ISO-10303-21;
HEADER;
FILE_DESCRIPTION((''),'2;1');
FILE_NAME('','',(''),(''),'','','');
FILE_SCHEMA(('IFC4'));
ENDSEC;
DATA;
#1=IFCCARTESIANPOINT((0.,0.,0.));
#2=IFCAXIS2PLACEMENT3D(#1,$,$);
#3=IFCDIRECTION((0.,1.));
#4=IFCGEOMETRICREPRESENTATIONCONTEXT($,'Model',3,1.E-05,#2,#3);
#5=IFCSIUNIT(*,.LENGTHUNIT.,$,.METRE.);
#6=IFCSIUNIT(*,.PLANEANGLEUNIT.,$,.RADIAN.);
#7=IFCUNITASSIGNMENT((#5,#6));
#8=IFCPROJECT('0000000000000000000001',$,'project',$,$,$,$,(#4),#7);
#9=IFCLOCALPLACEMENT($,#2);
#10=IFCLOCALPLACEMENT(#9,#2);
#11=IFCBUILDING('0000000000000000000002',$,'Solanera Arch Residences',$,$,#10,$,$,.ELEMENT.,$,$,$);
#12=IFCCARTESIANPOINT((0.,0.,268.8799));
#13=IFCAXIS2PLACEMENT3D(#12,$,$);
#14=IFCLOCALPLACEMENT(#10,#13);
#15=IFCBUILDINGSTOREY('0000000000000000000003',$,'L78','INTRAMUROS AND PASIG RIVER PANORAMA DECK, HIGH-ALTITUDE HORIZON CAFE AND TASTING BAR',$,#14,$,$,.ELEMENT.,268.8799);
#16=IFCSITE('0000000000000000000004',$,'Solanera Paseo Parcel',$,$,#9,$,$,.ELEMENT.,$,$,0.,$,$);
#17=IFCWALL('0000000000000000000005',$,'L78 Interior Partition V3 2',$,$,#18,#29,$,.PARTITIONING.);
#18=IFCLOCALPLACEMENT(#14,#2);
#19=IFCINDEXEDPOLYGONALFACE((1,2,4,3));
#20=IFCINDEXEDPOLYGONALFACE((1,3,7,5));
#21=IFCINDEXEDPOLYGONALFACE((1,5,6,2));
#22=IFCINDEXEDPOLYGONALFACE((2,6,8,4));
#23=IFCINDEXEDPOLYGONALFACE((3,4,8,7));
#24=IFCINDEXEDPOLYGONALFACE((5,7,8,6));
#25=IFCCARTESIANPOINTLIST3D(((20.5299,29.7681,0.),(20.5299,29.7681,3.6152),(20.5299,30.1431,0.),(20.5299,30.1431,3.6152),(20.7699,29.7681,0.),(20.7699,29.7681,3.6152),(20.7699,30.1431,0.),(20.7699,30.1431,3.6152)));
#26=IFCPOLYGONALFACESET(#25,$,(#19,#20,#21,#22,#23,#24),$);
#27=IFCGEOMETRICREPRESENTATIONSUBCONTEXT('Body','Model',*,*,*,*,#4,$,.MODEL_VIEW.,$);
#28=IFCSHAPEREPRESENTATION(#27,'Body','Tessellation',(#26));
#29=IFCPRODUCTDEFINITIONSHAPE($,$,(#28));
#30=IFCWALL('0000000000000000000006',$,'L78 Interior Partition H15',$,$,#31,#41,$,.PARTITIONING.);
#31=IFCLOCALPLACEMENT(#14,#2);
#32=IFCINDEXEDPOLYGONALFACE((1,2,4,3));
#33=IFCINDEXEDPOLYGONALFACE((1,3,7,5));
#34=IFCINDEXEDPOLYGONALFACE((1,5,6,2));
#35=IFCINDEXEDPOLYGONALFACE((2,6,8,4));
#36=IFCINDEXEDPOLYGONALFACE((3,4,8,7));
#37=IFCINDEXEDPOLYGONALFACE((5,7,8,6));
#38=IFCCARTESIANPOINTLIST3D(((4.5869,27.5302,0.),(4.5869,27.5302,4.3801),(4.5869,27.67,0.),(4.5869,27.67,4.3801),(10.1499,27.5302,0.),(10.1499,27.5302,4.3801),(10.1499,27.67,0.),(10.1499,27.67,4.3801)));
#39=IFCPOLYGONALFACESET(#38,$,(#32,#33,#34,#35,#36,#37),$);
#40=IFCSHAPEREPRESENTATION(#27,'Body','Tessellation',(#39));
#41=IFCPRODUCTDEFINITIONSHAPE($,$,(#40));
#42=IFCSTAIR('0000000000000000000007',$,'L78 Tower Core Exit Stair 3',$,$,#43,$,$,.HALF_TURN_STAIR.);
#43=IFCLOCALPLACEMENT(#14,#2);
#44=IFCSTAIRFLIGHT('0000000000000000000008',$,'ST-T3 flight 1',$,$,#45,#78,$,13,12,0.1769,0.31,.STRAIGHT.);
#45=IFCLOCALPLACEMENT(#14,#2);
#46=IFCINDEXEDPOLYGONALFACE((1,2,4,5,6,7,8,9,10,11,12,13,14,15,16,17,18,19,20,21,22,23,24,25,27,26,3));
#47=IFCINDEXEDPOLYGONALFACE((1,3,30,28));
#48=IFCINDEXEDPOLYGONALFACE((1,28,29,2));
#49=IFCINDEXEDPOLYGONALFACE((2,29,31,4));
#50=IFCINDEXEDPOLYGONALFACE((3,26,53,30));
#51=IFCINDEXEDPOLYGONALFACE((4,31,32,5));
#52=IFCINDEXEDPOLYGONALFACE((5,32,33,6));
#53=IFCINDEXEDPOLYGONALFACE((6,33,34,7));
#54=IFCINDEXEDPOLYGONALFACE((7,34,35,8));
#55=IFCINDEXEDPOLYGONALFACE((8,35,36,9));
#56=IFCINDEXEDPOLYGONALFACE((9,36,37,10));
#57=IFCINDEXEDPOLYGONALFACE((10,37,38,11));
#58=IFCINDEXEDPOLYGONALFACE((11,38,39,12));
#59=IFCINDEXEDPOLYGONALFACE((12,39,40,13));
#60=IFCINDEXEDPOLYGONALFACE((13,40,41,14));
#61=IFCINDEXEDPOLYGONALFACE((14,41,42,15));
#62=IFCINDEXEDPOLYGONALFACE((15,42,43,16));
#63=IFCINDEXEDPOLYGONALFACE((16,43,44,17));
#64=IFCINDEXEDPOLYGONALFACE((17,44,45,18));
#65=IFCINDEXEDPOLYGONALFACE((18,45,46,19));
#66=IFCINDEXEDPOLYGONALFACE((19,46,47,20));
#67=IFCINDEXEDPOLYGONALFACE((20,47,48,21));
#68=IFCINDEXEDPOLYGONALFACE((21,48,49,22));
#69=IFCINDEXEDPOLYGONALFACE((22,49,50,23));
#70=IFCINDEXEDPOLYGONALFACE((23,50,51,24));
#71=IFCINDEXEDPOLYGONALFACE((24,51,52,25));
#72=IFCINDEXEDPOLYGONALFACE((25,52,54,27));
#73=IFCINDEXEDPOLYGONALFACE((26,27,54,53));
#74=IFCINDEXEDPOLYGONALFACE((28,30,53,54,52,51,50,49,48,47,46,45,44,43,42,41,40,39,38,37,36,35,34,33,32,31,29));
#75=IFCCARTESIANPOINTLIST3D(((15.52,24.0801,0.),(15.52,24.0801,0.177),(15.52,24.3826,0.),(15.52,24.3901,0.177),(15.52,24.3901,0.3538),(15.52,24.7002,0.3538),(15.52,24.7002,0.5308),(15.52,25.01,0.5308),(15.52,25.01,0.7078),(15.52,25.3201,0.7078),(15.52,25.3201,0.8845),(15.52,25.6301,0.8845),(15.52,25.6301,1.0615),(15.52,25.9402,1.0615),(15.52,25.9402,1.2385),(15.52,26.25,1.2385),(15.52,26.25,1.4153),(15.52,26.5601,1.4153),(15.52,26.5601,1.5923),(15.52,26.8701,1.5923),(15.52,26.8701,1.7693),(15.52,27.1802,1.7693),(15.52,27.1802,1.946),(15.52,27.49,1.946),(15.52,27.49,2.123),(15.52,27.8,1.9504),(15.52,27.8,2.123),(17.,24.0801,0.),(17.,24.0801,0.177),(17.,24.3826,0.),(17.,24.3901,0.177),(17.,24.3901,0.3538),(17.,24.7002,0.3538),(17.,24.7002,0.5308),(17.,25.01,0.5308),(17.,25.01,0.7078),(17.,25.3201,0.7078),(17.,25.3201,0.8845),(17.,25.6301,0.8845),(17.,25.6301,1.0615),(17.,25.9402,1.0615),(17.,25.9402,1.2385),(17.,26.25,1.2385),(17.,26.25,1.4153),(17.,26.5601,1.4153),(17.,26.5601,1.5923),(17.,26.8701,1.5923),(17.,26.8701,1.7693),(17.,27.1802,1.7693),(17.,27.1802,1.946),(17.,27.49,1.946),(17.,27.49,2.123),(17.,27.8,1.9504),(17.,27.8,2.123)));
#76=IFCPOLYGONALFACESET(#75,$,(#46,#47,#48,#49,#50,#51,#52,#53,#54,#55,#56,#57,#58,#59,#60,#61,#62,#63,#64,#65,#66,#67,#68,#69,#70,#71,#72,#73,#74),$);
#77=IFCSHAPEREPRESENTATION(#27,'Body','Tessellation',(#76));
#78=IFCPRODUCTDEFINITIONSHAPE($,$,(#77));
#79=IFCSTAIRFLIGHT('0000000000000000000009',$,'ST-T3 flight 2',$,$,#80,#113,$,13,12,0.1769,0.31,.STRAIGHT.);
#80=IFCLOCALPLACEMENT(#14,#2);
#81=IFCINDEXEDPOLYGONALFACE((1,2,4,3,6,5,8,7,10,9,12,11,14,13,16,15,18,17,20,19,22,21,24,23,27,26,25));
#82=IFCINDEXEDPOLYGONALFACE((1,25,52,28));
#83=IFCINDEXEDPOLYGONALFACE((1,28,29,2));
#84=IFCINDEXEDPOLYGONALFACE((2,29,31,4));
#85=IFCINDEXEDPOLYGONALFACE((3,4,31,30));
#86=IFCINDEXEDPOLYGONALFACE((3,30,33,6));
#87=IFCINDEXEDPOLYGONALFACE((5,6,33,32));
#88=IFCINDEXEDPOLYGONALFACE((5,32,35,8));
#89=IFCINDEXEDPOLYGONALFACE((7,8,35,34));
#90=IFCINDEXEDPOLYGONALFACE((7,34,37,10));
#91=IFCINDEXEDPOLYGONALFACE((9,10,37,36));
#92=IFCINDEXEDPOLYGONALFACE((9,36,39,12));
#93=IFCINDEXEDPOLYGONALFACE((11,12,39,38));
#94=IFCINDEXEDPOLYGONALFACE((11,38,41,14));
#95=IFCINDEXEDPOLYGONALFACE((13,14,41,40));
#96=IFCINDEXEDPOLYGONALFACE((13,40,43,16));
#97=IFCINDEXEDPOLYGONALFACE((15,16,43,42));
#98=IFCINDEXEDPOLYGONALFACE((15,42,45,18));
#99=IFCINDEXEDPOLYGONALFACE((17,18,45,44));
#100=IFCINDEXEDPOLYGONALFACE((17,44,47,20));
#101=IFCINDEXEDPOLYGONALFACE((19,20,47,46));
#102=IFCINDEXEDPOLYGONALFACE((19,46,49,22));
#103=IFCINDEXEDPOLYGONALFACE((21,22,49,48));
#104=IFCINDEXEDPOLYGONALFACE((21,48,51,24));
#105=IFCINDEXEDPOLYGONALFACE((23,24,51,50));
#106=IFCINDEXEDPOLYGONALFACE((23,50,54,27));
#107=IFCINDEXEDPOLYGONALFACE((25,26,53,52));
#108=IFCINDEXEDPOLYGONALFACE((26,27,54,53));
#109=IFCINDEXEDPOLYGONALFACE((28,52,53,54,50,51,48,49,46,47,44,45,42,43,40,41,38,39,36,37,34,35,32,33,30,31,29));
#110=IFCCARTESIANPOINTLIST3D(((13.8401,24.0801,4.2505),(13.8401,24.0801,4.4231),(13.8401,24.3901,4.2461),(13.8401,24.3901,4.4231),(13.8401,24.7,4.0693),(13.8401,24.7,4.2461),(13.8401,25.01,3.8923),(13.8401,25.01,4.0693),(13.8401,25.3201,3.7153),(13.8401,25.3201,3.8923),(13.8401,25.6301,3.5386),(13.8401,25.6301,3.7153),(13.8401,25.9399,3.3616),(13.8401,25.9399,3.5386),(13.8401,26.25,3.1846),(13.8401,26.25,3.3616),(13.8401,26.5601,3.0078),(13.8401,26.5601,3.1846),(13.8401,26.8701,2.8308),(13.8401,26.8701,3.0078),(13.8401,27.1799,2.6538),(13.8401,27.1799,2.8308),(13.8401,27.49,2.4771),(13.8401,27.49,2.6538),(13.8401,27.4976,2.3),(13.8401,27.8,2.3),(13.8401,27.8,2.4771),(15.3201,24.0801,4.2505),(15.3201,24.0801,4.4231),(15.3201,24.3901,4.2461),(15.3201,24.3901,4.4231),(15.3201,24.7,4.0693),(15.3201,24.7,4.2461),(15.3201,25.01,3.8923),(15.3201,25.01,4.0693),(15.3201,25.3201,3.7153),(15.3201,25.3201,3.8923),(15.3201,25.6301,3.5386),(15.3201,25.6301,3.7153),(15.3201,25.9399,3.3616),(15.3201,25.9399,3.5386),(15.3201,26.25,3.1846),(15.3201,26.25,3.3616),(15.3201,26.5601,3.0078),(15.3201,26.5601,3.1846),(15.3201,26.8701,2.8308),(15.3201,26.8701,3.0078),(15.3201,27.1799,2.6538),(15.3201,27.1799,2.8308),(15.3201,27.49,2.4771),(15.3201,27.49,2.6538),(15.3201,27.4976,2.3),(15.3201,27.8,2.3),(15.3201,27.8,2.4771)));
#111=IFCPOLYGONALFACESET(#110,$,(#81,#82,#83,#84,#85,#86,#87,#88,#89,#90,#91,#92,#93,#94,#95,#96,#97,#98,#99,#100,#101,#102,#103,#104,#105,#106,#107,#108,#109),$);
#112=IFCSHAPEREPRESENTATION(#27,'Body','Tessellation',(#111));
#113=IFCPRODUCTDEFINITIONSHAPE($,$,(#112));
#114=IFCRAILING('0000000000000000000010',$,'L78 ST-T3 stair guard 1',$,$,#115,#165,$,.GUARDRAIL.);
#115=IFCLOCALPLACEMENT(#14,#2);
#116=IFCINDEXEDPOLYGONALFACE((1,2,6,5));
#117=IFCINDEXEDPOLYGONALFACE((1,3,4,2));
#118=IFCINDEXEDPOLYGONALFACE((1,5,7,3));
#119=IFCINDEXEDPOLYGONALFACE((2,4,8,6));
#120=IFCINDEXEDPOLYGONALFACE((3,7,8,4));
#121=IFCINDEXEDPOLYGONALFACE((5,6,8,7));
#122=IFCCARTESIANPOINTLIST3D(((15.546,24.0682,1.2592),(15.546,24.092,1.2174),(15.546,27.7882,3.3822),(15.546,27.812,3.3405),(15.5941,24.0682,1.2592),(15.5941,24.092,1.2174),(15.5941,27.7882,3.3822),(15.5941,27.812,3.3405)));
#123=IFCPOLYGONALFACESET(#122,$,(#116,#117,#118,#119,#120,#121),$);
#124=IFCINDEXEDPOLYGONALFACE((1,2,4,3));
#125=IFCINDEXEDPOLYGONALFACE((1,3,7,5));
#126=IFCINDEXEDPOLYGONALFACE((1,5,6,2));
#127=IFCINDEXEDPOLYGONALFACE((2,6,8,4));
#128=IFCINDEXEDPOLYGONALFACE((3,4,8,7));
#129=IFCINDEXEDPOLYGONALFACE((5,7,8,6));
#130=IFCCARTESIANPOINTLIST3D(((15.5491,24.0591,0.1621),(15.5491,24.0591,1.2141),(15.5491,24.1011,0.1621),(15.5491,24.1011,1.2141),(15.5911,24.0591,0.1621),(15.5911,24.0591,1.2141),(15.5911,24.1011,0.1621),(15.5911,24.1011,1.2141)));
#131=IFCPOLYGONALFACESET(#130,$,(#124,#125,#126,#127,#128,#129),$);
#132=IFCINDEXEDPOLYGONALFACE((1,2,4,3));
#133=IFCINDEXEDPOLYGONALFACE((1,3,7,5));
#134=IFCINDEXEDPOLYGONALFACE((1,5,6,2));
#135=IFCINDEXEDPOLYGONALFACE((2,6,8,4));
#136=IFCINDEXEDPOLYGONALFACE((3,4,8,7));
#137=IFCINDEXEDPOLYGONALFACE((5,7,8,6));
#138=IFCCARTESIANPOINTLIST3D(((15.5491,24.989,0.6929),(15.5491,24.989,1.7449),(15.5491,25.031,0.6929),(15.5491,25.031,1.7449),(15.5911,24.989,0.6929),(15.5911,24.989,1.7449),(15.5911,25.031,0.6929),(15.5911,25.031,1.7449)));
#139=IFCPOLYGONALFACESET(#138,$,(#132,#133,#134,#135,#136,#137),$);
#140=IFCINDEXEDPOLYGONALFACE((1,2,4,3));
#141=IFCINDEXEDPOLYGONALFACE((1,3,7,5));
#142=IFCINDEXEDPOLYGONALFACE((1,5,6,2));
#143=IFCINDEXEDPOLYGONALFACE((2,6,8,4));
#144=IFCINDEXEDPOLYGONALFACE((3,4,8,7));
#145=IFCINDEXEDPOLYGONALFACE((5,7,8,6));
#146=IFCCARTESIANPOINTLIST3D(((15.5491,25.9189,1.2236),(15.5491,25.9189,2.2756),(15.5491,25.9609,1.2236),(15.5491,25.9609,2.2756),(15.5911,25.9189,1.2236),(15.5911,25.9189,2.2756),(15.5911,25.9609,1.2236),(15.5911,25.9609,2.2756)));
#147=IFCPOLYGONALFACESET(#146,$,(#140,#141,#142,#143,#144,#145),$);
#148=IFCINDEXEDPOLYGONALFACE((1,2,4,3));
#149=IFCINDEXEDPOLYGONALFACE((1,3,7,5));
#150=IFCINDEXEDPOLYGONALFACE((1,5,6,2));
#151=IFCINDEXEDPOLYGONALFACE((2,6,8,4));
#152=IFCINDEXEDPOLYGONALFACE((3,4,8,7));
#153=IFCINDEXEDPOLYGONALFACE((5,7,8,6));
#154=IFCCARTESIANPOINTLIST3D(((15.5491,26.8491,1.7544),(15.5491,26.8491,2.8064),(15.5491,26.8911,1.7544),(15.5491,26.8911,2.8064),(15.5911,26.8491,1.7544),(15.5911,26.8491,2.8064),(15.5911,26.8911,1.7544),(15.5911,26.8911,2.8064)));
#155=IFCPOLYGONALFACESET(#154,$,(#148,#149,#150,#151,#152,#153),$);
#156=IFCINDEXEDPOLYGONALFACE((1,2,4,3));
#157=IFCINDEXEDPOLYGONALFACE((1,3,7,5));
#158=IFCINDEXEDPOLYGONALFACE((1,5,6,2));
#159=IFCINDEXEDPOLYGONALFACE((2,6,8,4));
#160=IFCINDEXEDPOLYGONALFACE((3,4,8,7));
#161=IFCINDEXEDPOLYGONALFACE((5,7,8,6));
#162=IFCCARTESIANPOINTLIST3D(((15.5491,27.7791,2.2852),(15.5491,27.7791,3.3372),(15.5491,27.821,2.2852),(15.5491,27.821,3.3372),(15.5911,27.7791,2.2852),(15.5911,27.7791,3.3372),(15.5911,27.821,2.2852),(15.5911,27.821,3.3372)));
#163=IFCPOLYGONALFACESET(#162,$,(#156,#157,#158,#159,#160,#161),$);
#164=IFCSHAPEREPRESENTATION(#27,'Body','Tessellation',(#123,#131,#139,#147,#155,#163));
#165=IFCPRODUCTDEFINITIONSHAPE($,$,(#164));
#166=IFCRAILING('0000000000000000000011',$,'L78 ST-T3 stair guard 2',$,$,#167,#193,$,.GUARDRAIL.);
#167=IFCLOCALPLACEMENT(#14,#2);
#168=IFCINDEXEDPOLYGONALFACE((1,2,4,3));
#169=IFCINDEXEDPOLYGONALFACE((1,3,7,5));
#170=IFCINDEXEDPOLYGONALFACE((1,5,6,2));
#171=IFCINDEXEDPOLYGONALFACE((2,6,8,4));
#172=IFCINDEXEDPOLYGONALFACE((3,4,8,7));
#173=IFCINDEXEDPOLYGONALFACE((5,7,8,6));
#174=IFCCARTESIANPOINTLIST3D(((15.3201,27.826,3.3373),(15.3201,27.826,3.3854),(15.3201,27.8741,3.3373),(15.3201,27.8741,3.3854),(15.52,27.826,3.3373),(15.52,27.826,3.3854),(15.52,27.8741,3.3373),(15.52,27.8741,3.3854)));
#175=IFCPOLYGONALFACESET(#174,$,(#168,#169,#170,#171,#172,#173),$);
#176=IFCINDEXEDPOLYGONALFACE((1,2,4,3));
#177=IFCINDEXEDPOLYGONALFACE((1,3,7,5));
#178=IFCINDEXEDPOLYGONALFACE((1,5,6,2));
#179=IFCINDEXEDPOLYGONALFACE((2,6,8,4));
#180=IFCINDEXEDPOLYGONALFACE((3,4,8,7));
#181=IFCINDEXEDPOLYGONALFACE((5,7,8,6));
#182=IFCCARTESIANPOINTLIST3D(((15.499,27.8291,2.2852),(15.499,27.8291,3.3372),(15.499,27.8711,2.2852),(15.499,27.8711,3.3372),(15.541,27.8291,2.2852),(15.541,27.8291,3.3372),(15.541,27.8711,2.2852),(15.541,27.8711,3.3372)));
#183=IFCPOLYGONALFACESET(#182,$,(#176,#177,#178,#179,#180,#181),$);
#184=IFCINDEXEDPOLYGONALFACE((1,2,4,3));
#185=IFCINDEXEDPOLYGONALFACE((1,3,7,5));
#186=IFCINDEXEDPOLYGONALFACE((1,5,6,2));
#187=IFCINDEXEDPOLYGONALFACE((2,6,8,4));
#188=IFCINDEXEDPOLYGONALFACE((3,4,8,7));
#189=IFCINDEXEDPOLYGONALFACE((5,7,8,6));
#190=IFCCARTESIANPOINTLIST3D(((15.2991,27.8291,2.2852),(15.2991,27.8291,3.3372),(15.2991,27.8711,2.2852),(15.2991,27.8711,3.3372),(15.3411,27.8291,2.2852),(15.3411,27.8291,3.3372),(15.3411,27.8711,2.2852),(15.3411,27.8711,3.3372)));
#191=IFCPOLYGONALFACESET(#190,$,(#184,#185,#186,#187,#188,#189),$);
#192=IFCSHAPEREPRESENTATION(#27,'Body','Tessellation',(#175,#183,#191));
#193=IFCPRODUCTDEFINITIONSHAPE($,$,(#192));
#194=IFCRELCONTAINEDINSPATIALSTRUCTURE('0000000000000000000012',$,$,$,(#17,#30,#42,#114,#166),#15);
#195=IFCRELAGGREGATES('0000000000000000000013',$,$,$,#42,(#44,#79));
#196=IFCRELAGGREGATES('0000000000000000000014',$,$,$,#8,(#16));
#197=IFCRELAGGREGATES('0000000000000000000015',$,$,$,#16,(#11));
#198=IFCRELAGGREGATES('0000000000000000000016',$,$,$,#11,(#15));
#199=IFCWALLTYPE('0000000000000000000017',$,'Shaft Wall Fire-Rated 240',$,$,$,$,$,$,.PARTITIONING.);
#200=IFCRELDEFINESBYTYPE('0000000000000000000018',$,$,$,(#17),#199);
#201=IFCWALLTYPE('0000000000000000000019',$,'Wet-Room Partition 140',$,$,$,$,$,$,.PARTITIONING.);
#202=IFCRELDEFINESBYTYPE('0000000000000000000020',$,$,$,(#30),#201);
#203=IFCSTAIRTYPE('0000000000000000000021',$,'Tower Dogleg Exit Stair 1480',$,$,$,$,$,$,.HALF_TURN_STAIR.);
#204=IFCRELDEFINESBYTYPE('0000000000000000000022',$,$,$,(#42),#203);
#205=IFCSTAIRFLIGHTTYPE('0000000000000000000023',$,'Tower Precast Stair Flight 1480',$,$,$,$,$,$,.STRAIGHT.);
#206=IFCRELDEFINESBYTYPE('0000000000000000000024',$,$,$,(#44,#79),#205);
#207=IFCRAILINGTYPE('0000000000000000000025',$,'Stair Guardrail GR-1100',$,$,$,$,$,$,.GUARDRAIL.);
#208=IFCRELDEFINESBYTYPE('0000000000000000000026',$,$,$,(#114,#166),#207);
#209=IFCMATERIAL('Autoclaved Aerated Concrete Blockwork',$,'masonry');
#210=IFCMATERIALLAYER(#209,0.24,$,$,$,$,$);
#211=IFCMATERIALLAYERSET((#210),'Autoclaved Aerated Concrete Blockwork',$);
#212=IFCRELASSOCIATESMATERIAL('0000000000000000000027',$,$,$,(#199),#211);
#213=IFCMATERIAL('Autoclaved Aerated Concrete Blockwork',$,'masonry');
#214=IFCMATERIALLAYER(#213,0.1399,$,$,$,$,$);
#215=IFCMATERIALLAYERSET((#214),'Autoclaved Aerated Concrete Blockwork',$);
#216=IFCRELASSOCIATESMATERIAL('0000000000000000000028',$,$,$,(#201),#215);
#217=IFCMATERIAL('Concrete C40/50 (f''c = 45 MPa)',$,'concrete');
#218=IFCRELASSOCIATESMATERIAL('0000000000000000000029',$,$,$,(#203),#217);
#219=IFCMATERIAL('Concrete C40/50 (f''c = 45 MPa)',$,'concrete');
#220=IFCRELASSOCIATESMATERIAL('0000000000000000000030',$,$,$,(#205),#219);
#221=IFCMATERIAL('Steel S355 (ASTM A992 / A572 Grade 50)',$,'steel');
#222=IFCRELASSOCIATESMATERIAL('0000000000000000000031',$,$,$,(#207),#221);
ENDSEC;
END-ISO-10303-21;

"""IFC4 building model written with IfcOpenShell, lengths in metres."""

from ifc_helpers import new_model, si_unit, direction, frame, frame_2d, origin, origin_2d, place, context, subcontext, project, spatial, polyline, rectangle, outline, extrude, material, layer, layer_set, type_object, element, aggregate, save


model = new_model("IFC4")

# Units and contexts
model_context = context("Model", 3, precision=1e-05, world=origin(), true_north=direction((0.0, 1.0)))
body_context = subcontext(model_context, "Body", "Model", "MODEL_VIEW")
ifc_project = project(units=[si_unit("LENGTHUNIT", "METRE"), si_unit("PLANEANGLEUNIT", "RADIAN")], contexts=[model_context])

# Site, building, storey
site_placement = place(None, origin())
site = spatial("IfcSite", under=ifc_project, at=site_placement, Name="Solanera Paseo Parcel", CompositionType="ELEMENT", RefElevation=0.0)
building_placement = place(site_placement, origin())
building = spatial("IfcBuilding", under=site, at=building_placement, Name="Solanera Arch Residences", CompositionType="ELEMENT")
storey_placement = place(building_placement, frame((0.0, 0.0, 268.8799)))
storey = spatial("IfcBuildingStorey", under=building, at=storey_placement, Name="L78", Description="INTRAMUROS AND PASIG RIVER PANORAMA DECK, HIGH-ALTITUDE HORIZON CAFE AND TASTING BAR", CompositionType="ELEMENT", Elevation=268.8799)

# Shared definitions
ifc_material_1 = material(Name="Autoclaved Aerated Concrete Blockwork", Category="masonry")
ifc_layer_1 = layer(ifc_material_1, 0.24)
ifc_layer_set_1 = layer_set([ifc_layer_1], Name="Autoclaved Aerated Concrete Blockwork")
wall_type_1 = type_object("IfcWallType", Name="Shaft Wall Fire-Rated 240", PredefinedType="PARTITIONING", material=ifc_layer_set_1)

# Walls
wall_1_placement = place(storey_placement, frame((20.6499, 29.7681, 0.0), z_axis=(0.0, 0.0, 1.0), x_axis=(0.0, 1.0, 0.0)))
element("IfcWall", 1, at=wall_1_placement, inside=storey, type_object=wall_type_1, Name="L78 Interior Partition V3 2", PredefinedType="PARTITIONING", context=body_context, shape_type="SweptSolid", body=[
    extrude(rectangle(XDim=0.375, YDim=0.24, at=frame_2d((0.1875, 0.0))), origin(), (0.0, 0.0, 1.0), 3.6152),
])
ifc_material_2 = material(Name="Autoclaved Aerated Concrete Blockwork", Category="masonry")
ifc_layer_2 = layer(ifc_material_2, 0.1399)
ifc_layer_set_2 = layer_set([ifc_layer_2], Name="Autoclaved Aerated Concrete Blockwork")
wall_type_2 = type_object("IfcWallType", Name="Wet-Room Partition 140", PredefinedType="PARTITIONING", material=ifc_layer_set_2)
wall_2_placement = place(storey_placement, frame((4.5869, 27.6001, 0.0), z_axis=(0.0, 0.0, 1.0), x_axis=(1.0, 0.0, 0.0)))
element("IfcWall", 2, at=wall_2_placement, inside=storey, type_object=wall_type_2, Name="L78 Interior Partition H15", PredefinedType="PARTITIONING", context=body_context, shape_type="SweptSolid", body=[
    extrude(rectangle(XDim=5.563, YDim=0.1399, at=frame_2d((2.7815, 0.0))), origin(), (0.0, 0.0, 1.0), 4.3801),
])

# Stair, stair flights
ifc_material_3 = material(Name="Concrete C40/50 (f'c = 45 MPa)", Category="concrete")
stair_type = type_object("IfcStairType", Name="Tower Dogleg Exit Stair 1480", PredefinedType="HALF_TURN_STAIR", material=ifc_material_3)
stair_placement = place(storey_placement, origin())
stair = element("IfcStair", 3, at=stair_placement, inside=storey, type_object=stair_type, Name="L78 Tower Core Exit Stair 3", PredefinedType="HALF_TURN_STAIR")
ifc_material_4 = material(Name="Concrete C40/50 (f'c = 45 MPa)", Category="concrete")
stair_flight_type = type_object("IfcStairFlightType", Name="Tower Precast Stair Flight 1480", PredefinedType="STRAIGHT", material=ifc_material_4)
stair_flight_1_placement = place(storey_placement, frame((16.26, 24.0801, 0.0), z_axis=(0.0, 0.0, 1.0), x_axis=(0.0, 1.0, 0.0)))
stair_flight_1 = element("IfcStairFlight", 4, at=stair_flight_1_placement, type_object=stair_flight_type, Name="ST-T3 flight 1", NumberOfRisers=13, NumberOfTreads=12, PredefinedType="STRAIGHT", RiserHeight=0.1769, TreadLength=0.31, context=body_context, shape_type="SweptSolid", body=[
    extrude(outline(polyline([(0.0, 0.0), (0.0, 0.177), (0.3101, 0.177), (0.3101, 0.3538), (0.6201, 0.3538), (0.6201, 0.5308), (0.9299, 0.5308), (0.9299, 0.7078), (1.24, 0.7078), (1.24, 0.8845), (1.55, 0.8845), (1.55, 1.0615), (1.8601, 1.0615), (1.8601, 1.2385), (2.1699, 1.2385), (2.1699, 1.4153), (2.48, 1.4153), (2.48, 1.5923), (2.79, 1.5923), (2.79, 1.7693), (3.1001, 1.7693), (3.1001, 1.946), (3.4099, 1.946), (3.4099, 2.123), (3.72, 2.123), (3.72, 2.3), (3.72, 1.9504), (0.3025, 0.0), (0.0, 0.0)])), frame((0.0, 0.74, 0.0), z_axis=(0.0, -1.0, 0.0), x_axis=(1.0, 0.0, 0.0)), (0.0, 0.0, 1.0), 1.48),
])
stair_flight_2_placement = place(storey_placement, frame((14.5801, 27.8, 2.3), z_axis=(0.0, 0.0, 1.0), x_axis=(0.0, -1.0, 0.0)))
stair_flight_2 = element("IfcStairFlight", 5, at=stair_flight_2_placement, type_object=stair_flight_type, Name="ST-T3 flight 2", NumberOfRisers=13, NumberOfTreads=12, PredefinedType="STRAIGHT", RiserHeight=0.1769, TreadLength=0.31, context=body_context, shape_type="SweptSolid", body=[
    extrude(outline(polyline([(0.0, 0.0), (0.0, 0.177), (0.3101, 0.177), (0.3101, 0.3538), (0.6201, 0.3538), (0.6201, 0.5308), (0.9299, 0.5308), (0.9299, 0.7078), (1.24, 0.7078), (1.24, 0.8845), (1.55, 0.8845), (1.55, 1.0615), (1.8601, 1.0615), (1.8601, 1.2385), (2.1699, 1.2385), (2.1699, 1.4153), (2.48, 1.4153), (2.48, 1.5923), (2.79, 1.5923), (2.79, 1.7693), (3.1001, 1.7693), (3.1001, 1.946), (3.4099, 1.946), (3.4099, 2.123), (3.72, 2.123), (3.72, 2.3), (3.72, 1.9504), (0.3025, 0.0), (0.0, 0.0)])), frame((0.0, 0.74, 0.0), z_axis=(0.0, -1.0, 0.0), x_axis=(1.0, 0.0, 0.0)), (0.0, 0.0, 1.0), 1.48),
])
aggregate(stair, [stair_flight_1, stair_flight_2])

# Railings
ifc_material_5 = material(Name="Steel S355 (ASTM A992 / A572 Grade 50)", Category="steel")
railing_type_1 = type_object("IfcRailingType", Name="Stair Guardrail GR-1100", PredefinedType="GUARDRAIL", material=ifc_material_5)
railing_1_placement = place(storey_placement, frame((15.5701, 24.0801, 0.1621)))
element("IfcRailing", 6, at=railing_1_placement, inside=storey, type_object=railing_type_1, Name="L78 ST-T3 stair guard 1", PredefinedType="GUARDRAIL", context=body_context, shape_type="SweptSolid", body=[
    extrude(rectangle(XDim=0.0481, YDim=0.0481, at=origin_2d()), frame((0.0, 0.0, 1.0762), z_axis=(0.0, 0.86851, 0.495672), x_axis=(-1.0, 0.0, 0.0)), (0.0, 0.0, 1.0), 4.2832),
    extrude(rectangle(XDim=0.042, YDim=0.042, at=origin_2d()), origin(), (0.0, 0.0, 1.0), 1.052),
    extrude(rectangle(XDim=0.042, YDim=0.042, at=origin_2d()), frame((0.0, 0.9299, 0.5308)), (0.0, 0.0, 1.0), 1.052),
    extrude(rectangle(XDim=0.042, YDim=0.042, at=origin_2d()), frame((0.0, 1.8599, 1.0615)), (0.0, 0.0, 1.0), 1.052),
    extrude(rectangle(XDim=0.042, YDim=0.042, at=origin_2d()), frame((0.0, 2.79, 1.5923)), (0.0, 0.0, 1.0), 1.052),
    extrude(rectangle(XDim=0.042, YDim=0.042, at=origin_2d()), frame((0.0, 3.72, 2.123)), (0.0, 0.0, 1.0), 1.052),
])
railing_2_placement = place(storey_placement, frame((15.52, 27.8501, 2.2852)))
element("IfcRailing", 7, at=railing_2_placement, inside=storey, type_object=railing_type_1, Name="L78 ST-T3 stair guard 2", PredefinedType="GUARDRAIL", context=body_context, shape_type="SweptSolid", body=[
    extrude(rectangle(XDim=0.0481, YDim=0.0481, at=origin_2d()), frame((0.0, 0.0, 1.0762), z_axis=(-1.0, 0.0, 0.0), x_axis=(0.0, -1.0, 0.0)), (0.0, 0.0, 1.0), 0.2),
    extrude(rectangle(XDim=0.042, YDim=0.042, at=origin_2d()), origin(), (0.0, 0.0, 1.0), 1.052),
    extrude(rectangle(XDim=0.042, YDim=0.042, at=origin_2d()), frame((-0.2, 0.0, 0.0)), (0.0, 0.0, 1.0), 1.052),
])

save(model, "model.ifc")
